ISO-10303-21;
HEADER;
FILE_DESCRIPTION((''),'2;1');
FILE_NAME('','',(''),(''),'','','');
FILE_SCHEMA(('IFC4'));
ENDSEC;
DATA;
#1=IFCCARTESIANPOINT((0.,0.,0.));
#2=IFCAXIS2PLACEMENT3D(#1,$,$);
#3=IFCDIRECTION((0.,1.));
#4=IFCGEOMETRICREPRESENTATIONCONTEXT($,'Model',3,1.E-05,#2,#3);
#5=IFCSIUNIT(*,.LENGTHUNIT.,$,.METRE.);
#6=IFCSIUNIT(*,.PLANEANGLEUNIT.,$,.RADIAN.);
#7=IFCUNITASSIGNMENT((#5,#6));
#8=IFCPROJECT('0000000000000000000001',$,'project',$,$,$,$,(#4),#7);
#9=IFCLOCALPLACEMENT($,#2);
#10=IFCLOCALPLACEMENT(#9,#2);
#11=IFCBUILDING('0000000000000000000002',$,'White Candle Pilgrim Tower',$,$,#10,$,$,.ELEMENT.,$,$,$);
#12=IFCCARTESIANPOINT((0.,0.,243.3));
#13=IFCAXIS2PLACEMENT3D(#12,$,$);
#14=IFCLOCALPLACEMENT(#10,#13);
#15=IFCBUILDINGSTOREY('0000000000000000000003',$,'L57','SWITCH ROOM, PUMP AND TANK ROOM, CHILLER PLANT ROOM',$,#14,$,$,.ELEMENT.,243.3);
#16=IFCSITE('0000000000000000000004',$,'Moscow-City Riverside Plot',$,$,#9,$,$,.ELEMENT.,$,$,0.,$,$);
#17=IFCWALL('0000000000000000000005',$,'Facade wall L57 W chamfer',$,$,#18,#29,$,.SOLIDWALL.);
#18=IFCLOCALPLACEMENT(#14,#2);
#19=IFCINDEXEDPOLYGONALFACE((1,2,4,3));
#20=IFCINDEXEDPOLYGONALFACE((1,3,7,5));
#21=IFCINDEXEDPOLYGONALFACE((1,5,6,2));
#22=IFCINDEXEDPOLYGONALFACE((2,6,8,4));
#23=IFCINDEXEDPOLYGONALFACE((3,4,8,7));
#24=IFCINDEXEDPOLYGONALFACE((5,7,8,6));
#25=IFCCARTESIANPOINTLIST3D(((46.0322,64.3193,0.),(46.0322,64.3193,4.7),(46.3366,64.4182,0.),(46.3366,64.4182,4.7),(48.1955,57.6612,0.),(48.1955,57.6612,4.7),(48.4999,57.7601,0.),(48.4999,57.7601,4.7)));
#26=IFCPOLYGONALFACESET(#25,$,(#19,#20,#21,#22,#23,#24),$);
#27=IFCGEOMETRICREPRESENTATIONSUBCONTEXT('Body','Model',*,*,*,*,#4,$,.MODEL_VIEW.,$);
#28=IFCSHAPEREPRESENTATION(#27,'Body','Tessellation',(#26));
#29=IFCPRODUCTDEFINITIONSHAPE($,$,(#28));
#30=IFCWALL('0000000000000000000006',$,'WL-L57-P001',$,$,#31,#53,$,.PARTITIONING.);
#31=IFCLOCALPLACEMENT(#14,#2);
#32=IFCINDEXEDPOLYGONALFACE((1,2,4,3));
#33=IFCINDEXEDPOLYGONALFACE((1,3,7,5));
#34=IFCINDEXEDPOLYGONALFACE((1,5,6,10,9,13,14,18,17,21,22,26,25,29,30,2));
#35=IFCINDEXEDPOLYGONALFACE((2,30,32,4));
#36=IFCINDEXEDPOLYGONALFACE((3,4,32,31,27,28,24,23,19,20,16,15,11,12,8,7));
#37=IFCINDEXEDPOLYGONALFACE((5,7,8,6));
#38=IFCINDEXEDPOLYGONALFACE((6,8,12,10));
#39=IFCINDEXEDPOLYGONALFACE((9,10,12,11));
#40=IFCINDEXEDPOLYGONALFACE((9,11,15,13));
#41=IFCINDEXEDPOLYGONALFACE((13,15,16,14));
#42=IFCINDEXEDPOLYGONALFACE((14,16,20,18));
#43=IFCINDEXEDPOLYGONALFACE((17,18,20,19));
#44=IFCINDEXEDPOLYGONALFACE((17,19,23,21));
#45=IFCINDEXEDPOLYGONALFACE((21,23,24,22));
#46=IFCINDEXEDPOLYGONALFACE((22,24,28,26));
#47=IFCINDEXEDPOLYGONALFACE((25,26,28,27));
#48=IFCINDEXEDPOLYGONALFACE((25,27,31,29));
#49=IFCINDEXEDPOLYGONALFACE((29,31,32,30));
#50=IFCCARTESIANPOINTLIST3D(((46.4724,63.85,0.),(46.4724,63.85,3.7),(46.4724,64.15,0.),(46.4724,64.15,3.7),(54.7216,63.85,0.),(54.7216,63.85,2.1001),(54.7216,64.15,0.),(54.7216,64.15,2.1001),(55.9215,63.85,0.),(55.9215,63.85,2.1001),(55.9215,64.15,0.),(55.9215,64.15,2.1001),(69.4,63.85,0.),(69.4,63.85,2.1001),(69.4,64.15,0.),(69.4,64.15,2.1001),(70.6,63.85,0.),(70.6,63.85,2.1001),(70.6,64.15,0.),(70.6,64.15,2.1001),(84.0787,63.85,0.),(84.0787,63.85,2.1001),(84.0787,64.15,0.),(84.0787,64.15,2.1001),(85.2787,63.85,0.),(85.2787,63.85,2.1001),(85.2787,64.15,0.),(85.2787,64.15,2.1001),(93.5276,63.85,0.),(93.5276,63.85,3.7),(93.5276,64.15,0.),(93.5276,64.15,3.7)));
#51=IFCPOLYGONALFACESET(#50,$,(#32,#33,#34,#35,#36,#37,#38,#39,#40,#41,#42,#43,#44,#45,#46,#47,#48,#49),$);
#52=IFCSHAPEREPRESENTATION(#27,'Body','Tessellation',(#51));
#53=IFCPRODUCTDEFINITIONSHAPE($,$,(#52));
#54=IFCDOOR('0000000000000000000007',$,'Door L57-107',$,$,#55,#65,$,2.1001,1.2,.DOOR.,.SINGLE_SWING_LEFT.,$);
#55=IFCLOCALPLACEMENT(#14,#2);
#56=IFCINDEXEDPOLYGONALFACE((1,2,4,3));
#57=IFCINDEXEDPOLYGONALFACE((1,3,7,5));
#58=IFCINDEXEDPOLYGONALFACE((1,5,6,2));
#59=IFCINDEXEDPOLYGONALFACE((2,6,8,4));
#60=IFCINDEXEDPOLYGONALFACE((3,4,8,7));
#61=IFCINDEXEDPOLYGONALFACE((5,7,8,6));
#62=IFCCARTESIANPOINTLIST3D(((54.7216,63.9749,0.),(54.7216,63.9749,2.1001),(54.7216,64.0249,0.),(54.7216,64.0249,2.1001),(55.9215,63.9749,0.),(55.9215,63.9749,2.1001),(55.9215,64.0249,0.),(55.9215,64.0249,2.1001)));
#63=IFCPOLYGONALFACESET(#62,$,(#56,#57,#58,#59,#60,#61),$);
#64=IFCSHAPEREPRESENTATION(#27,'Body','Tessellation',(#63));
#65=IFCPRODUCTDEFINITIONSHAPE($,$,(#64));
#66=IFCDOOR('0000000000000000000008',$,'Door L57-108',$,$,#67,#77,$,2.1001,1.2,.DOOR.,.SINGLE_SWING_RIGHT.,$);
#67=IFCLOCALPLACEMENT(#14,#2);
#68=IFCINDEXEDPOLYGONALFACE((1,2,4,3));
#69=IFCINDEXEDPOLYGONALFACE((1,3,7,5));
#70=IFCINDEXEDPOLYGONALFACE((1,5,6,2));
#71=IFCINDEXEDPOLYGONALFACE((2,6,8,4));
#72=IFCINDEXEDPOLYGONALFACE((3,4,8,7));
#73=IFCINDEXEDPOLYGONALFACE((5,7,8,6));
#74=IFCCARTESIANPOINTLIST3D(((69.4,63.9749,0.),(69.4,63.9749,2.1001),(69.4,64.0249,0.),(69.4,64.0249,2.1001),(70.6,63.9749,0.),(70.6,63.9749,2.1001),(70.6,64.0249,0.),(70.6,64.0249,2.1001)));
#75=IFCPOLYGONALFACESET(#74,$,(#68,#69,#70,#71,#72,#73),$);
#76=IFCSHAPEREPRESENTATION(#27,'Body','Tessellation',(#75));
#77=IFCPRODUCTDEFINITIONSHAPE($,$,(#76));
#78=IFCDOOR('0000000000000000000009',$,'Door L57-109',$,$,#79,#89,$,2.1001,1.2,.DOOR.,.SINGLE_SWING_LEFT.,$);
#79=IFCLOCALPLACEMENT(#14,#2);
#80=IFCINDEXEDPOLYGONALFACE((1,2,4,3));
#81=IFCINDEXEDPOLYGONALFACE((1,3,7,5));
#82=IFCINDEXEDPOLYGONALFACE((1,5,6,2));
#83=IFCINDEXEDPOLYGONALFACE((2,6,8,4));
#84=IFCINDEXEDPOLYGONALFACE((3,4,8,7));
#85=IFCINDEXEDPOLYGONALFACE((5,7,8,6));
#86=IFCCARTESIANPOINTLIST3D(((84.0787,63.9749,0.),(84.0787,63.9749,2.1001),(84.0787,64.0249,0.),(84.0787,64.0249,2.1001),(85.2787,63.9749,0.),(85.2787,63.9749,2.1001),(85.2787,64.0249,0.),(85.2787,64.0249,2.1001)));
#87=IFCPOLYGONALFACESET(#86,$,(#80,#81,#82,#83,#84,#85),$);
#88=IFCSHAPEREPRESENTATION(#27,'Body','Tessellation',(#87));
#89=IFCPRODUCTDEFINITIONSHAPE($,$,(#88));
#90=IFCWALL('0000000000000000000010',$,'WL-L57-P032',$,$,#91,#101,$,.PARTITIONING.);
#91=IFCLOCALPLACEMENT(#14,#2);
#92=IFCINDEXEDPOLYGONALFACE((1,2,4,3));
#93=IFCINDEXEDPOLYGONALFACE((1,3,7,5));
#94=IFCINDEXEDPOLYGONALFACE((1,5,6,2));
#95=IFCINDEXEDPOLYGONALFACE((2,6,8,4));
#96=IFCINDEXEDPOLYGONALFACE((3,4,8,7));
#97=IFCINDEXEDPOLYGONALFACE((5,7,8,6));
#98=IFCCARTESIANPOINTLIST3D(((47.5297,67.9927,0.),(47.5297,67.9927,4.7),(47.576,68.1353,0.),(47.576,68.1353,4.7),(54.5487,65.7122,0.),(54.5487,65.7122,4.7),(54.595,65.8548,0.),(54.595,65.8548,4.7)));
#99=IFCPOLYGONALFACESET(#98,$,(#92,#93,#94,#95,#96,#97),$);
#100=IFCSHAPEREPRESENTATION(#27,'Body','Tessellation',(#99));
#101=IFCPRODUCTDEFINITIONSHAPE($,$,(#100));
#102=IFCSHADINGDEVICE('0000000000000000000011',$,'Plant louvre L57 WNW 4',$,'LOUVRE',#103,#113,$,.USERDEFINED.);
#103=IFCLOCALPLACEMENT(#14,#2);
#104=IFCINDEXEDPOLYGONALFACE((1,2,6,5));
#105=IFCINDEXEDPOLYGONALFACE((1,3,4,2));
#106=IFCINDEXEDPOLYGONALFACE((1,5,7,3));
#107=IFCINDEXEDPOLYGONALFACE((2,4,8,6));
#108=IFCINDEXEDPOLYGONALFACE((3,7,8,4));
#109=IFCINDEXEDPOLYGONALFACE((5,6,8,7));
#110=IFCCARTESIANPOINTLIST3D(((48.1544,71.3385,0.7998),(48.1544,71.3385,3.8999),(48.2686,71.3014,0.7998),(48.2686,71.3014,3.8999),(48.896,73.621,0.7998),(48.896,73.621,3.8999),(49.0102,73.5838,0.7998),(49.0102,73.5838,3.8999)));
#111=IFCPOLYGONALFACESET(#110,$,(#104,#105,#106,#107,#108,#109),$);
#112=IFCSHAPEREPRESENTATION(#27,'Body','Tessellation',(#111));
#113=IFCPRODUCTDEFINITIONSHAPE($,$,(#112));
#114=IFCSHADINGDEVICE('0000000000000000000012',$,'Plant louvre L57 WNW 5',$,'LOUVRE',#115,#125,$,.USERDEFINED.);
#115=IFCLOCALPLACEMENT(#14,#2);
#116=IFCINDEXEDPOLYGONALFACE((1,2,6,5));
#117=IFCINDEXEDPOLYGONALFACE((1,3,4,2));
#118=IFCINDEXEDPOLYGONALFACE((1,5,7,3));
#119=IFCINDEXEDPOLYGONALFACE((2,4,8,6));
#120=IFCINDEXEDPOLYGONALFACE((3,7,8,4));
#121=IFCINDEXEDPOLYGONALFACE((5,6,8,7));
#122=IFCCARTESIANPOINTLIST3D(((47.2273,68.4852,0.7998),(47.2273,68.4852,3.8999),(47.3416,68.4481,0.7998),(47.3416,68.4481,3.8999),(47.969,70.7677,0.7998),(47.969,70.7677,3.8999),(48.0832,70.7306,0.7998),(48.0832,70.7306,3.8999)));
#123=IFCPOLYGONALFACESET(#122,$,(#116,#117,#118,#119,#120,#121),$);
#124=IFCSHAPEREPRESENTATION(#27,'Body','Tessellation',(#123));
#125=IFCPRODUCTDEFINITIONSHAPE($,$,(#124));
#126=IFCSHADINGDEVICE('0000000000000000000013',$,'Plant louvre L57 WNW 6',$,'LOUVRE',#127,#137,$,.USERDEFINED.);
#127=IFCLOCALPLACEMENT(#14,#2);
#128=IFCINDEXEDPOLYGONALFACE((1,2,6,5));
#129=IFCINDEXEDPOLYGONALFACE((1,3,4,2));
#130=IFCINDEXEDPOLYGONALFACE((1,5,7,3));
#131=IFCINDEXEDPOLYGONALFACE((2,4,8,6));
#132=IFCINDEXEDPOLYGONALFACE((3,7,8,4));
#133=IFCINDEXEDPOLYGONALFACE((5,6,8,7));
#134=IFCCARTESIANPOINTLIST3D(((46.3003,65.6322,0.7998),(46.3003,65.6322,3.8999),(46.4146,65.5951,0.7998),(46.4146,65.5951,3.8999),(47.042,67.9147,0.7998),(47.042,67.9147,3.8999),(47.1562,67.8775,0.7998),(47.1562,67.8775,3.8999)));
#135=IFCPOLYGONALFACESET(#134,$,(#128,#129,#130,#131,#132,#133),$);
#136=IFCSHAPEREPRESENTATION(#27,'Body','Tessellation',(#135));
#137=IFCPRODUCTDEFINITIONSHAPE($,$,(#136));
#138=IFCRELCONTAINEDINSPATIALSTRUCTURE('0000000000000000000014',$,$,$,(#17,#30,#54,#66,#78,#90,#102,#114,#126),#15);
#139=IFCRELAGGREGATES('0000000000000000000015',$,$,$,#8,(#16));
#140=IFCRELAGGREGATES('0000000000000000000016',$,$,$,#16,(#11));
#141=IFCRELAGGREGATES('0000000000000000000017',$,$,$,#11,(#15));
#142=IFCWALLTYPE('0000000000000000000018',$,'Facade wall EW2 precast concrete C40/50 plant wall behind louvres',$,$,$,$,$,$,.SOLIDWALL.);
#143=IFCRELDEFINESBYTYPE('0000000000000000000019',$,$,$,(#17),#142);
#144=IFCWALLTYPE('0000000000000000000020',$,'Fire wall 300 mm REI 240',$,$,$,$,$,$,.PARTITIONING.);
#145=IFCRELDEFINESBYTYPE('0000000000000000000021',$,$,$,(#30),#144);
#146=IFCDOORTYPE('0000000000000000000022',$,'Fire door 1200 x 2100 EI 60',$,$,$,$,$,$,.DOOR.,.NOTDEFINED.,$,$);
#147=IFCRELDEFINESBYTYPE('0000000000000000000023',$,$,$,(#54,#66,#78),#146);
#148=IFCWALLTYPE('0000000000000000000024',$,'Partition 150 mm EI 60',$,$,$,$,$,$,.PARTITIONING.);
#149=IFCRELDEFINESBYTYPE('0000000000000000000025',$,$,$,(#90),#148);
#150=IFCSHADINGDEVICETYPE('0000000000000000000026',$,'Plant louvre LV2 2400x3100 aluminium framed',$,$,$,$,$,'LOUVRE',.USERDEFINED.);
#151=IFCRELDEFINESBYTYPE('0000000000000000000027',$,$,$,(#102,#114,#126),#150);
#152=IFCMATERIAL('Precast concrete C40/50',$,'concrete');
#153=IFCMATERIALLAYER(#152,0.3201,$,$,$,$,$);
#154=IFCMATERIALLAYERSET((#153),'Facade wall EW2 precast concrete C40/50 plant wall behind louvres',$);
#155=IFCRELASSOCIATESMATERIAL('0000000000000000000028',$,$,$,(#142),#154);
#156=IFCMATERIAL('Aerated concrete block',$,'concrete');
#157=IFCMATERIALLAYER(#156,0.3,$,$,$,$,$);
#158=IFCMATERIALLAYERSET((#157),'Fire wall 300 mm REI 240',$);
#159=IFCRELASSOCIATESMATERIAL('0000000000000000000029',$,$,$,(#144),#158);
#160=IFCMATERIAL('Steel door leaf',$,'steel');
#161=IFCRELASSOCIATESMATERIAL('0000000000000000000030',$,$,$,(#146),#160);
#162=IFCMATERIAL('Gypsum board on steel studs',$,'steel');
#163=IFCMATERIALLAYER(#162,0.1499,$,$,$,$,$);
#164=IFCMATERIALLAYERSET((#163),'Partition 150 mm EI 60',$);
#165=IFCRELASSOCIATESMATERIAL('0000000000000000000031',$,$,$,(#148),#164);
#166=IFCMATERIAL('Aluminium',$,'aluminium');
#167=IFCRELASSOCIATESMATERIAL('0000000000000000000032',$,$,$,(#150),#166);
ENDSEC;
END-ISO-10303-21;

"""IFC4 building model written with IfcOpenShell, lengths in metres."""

from ifc_helpers import new_model, si_unit, direction, frame, frame_2d, origin, origin_2d, place, context, subcontext, project, spatial, rectangle, extrude, material, layer, layer_set, type_object, element, fill, save


model = new_model("IFC4")

# Units and contexts
model_context = context("Model", 3, precision=1e-05, world=origin(), true_north=direction((0.0, 1.0)))
body_context = subcontext(model_context, "Body", "Model", "MODEL_VIEW")
ifc_project = project(units=[si_unit("LENGTHUNIT", "METRE"), si_unit("PLANEANGLEUNIT", "RADIAN")], contexts=[model_context])

# Site, building, storey
site_placement = place(None, origin())
site = spatial("IfcSite", under=ifc_project, at=site_placement, Name="Moscow-City Riverside Plot", CompositionType="ELEMENT", RefElevation=0.0)
building_placement = place(site_placement, origin())
building = spatial("IfcBuilding", under=site, at=building_placement, Name="White Candle Pilgrim Tower", CompositionType="ELEMENT")
storey_placement = place(building_placement, frame((0.0, 0.0, 243.3)))
storey = spatial("IfcBuildingStorey", under=building, at=storey_placement, Name="L57", Description="SWITCH ROOM, PUMP AND TANK ROOM, CHILLER PLANT ROOM", CompositionType="ELEMENT", Elevation=243.3)

# Wall
ifc_material_1 = material(Name="Precast concrete C40/50", Category="concrete")
ifc_layer_1 = layer(ifc_material_1, 0.3201)
ifc_layer_set_1 = layer_set([ifc_layer_1], Name="Facade wall EW2 precast concrete C40/50 plant wall behind louvres")
wall_type_1 = type_object("IfcWallType", Name="Facade wall EW2 precast concrete C40/50 plant wall behind louvres", PredefinedType="SOLIDWALL", material=ifc_layer_set_1)
wall_1_placement = place(storey_placement, frame((46.1843, 64.3689, 0.0), z_axis=(0.0, 0.0, 1.0), x_axis=(0.30901, -0.951059, 0.0)))
element("IfcWall", 1, at=wall_1_placement, inside=storey, type_object=wall_type_1, Name="Facade wall L57 W chamfer", PredefinedType="SOLIDWALL", context=body_context, shape_type="SweptSolid", body=[
    extrude(rectangle(XDim=7.0007, YDim=0.3201, at=frame_2d((3.5005, 0.0))), origin(), (0.0, 0.0, 1.0), 4.7),
])

# Wall, openings, doors
ifc_material_2 = material(Name="Aerated concrete block", Category="concrete")
ifc_layer_2 = layer(ifc_material_2, 0.3)
ifc_layer_set_2 = layer_set([ifc_layer_2], Name="Fire wall 300 mm REI 240")
wall_type_2 = type_object("IfcWallType", Name="Fire wall 300 mm REI 240", PredefinedType="PARTITIONING", material=ifc_layer_set_2)
wall_2_placement = place(storey_placement, frame((46.4724, 64.0, 0.0), z_axis=(0.0, 0.0, 1.0), x_axis=(1.0, 0.0, 0.0)))
wall_2 = element("IfcWall", 2, at=wall_2_placement, inside=storey, type_object=wall_type_2, Name="WL-L57-P001", PredefinedType="PARTITIONING", context=body_context, shape_type="SweptSolid", body=[
    extrude(rectangle(XDim=47.0552, YDim=0.3, at=frame_2d((23.5276, 0.0))), origin(), (0.0, 0.0, 1.0), 3.7),
])
opening_1_placement = place(wall_2_placement, frame((8.249, 0.0, 0.0)))
opening_1 = element("IfcOpeningElement", 3, at=opening_1_placement, cuts=wall_2, PredefinedType="OPENING", context=body_context, shape_type="SweptSolid", body=[
    extrude(rectangle(XDim=1.2, YDim=2.1001, at=frame_2d((0.6001, 1.05))), frame((0.0, 0.1599, 0.0), z_axis=(0.0, -1.0, 0.0), x_axis=(1.0, 0.0, 0.0)), (0.0, 0.0, 1.0), 0.3201),
])
opening_2_placement = place(wall_2_placement, frame((22.9275, 0.0, 0.0)))
opening_2 = element("IfcOpeningElement", 4, at=opening_2_placement, cuts=wall_2, PredefinedType="OPENING", context=body_context, shape_type="SweptSolid", body=[
    extrude(rectangle(XDim=1.2, YDim=2.1001, at=frame_2d((0.6001, 1.05))), frame((0.0, 0.1599, 0.0), z_axis=(0.0, -1.0, 0.0), x_axis=(1.0, 0.0, 0.0)), (0.0, 0.0, 1.0), 0.3201),
])
opening_3_placement = place(wall_2_placement, frame((37.6062, 0.0, 0.0)))
opening_3 = element("IfcOpeningElement", 5, at=opening_3_placement, cuts=wall_2, PredefinedType="OPENING", context=body_context, shape_type="SweptSolid", body=[
    extrude(rectangle(XDim=1.2, YDim=2.1001, at=frame_2d((0.6001, 1.05))), frame((0.0, 0.1599, 0.0), z_axis=(0.0, -1.0, 0.0), x_axis=(1.0, 0.0, 0.0)), (0.0, 0.0, 1.0), 0.3201),
])
ifc_material_3 = material(Name="Steel door leaf", Category="steel")
door_type = type_object("IfcDoorType", Name="Fire door 1200 x 2100 EI 60", OperationType="NOTDEFINED", PredefinedType="DOOR", material=ifc_material_3)
door_1_placement = place(opening_1_placement, origin())
door_1 = element("IfcDoor", 6, at=door_1_placement, inside=storey, type_object=door_type, Name="Door L57-107", OperationType="SINGLE_SWING_LEFT", OverallHeight=2.1001, OverallWidth=1.2, PredefinedType="DOOR", context=body_context, shape_type="SweptSolid", body=[
    extrude(rectangle(XDim=1.2, YDim=2.1001, at=frame_2d((0.6001, 1.05))), frame((0.0, 0.0249, 0.0), z_axis=(0.0, -1.0, 0.0), x_axis=(1.0, 0.0, 0.0)), (0.0, 0.0, 1.0), 0.05),
])
fill(opening_1, door_1)
door_2_placement = place(opening_2_placement, origin())
door_2 = element("IfcDoor", 7, at=door_2_placement, inside=storey, type_object=door_type, Name="Door L57-108", OperationType="SINGLE_SWING_RIGHT", OverallHeight=2.1001, OverallWidth=1.2, PredefinedType="DOOR", context=body_context, shape_type="SweptSolid", body=[
    extrude(rectangle(XDim=1.2, YDim=2.1001, at=frame_2d((0.6001, 1.05))), frame((0.0, 0.0249, 0.0), z_axis=(0.0, -1.0, 0.0), x_axis=(1.0, 0.0, 0.0)), (0.0, 0.0, 1.0), 0.05),
])
fill(opening_2, door_2)
door_3_placement = place(opening_3_placement, origin())
door_3 = element("IfcDoor", 8, at=door_3_placement, inside=storey, type_object=door_type, Name="Door L57-109", OperationType="SINGLE_SWING_LEFT", OverallHeight=2.1001, OverallWidth=1.2, PredefinedType="DOOR", context=body_context, shape_type="SweptSolid", body=[
    extrude(rectangle(XDim=1.2, YDim=2.1001, at=frame_2d((0.6001, 1.05))), frame((0.0, 0.0249, 0.0), z_axis=(0.0, -1.0, 0.0), x_axis=(1.0, 0.0, 0.0)), (0.0, 0.0, 1.0), 0.05),
])
fill(opening_3, door_3)

# Wall
ifc_material_4 = material(Name="Gypsum board on steel studs", Category="steel")
ifc_layer_3 = layer(ifc_material_4, 0.1499)
ifc_layer_set_3 = layer_set([ifc_layer_3], Name="Partition 150 mm EI 60")
wall_type_3 = type_object("IfcWallType", Name="Partition 150 mm EI 60", PredefinedType="PARTITIONING", material=ifc_layer_set_3)
wall_3_placement = place(storey_placement, frame((47.553, 68.064, 0.0), z_axis=(0.0, 0.0, 1.0), x_axis=(0.951061, -0.309004, 0.0)))
element("IfcWall", 9, at=wall_3_placement, inside=storey, type_object=wall_type_3, Name="WL-L57-P032", PredefinedType="PARTITIONING", context=body_context, shape_type="SweptSolid", body=[
    extrude(rectangle(XDim=7.3801, YDim=0.1499, at=frame_2d((3.6899, 0.0))), origin(), (0.0, 0.0, 1.0), 4.7),
])

# Shading devices
ifc_material_5 = material(Name="Aluminium", Category="aluminium")
shading_device_type = type_object("IfcShadingDeviceType", Name="Plant louvre LV2 2400x3100 aluminium framed", ElementType="LOUVRE", PredefinedType="USERDEFINED", material=ifc_material_5)
for number, where, z_axis, x_axis, name in (
    (10, (48.5823, 72.4612, 0.7998), (0.0, 0.0, 1.0), (-0.309017, -0.951057, 0.0), "Plant louvre L57 WNW 4"),
    (11, (47.6553, 69.6079, 0.7998), (0.0, 0.0, 1.0), (-0.309017, -0.951057, 0.0), "Plant louvre L57 WNW 5"),
    (12, (46.7283, 66.7549, 0.7998), (0.0, 0.0, 1.0), (-0.309017, -0.951057, 0.0), "Plant louvre L57 WNW 6"),
):
    element("IfcShadingDevice", number, at=place(storey_placement, frame(where, z_axis=z_axis, x_axis=x_axis)), inside=storey, type_object=shading_device_type, Name=name, ObjectType="LOUVRE", PredefinedType="USERDEFINED", context=body_context, shape_type="SweptSolid", body=[
        extrude(rectangle(XDim=2.3999, YDim=0.1201, at=origin_2d()), origin(), (0.0, 0.0, 1.0), 3.1001),
    ])

save(model, "model.ifc")
